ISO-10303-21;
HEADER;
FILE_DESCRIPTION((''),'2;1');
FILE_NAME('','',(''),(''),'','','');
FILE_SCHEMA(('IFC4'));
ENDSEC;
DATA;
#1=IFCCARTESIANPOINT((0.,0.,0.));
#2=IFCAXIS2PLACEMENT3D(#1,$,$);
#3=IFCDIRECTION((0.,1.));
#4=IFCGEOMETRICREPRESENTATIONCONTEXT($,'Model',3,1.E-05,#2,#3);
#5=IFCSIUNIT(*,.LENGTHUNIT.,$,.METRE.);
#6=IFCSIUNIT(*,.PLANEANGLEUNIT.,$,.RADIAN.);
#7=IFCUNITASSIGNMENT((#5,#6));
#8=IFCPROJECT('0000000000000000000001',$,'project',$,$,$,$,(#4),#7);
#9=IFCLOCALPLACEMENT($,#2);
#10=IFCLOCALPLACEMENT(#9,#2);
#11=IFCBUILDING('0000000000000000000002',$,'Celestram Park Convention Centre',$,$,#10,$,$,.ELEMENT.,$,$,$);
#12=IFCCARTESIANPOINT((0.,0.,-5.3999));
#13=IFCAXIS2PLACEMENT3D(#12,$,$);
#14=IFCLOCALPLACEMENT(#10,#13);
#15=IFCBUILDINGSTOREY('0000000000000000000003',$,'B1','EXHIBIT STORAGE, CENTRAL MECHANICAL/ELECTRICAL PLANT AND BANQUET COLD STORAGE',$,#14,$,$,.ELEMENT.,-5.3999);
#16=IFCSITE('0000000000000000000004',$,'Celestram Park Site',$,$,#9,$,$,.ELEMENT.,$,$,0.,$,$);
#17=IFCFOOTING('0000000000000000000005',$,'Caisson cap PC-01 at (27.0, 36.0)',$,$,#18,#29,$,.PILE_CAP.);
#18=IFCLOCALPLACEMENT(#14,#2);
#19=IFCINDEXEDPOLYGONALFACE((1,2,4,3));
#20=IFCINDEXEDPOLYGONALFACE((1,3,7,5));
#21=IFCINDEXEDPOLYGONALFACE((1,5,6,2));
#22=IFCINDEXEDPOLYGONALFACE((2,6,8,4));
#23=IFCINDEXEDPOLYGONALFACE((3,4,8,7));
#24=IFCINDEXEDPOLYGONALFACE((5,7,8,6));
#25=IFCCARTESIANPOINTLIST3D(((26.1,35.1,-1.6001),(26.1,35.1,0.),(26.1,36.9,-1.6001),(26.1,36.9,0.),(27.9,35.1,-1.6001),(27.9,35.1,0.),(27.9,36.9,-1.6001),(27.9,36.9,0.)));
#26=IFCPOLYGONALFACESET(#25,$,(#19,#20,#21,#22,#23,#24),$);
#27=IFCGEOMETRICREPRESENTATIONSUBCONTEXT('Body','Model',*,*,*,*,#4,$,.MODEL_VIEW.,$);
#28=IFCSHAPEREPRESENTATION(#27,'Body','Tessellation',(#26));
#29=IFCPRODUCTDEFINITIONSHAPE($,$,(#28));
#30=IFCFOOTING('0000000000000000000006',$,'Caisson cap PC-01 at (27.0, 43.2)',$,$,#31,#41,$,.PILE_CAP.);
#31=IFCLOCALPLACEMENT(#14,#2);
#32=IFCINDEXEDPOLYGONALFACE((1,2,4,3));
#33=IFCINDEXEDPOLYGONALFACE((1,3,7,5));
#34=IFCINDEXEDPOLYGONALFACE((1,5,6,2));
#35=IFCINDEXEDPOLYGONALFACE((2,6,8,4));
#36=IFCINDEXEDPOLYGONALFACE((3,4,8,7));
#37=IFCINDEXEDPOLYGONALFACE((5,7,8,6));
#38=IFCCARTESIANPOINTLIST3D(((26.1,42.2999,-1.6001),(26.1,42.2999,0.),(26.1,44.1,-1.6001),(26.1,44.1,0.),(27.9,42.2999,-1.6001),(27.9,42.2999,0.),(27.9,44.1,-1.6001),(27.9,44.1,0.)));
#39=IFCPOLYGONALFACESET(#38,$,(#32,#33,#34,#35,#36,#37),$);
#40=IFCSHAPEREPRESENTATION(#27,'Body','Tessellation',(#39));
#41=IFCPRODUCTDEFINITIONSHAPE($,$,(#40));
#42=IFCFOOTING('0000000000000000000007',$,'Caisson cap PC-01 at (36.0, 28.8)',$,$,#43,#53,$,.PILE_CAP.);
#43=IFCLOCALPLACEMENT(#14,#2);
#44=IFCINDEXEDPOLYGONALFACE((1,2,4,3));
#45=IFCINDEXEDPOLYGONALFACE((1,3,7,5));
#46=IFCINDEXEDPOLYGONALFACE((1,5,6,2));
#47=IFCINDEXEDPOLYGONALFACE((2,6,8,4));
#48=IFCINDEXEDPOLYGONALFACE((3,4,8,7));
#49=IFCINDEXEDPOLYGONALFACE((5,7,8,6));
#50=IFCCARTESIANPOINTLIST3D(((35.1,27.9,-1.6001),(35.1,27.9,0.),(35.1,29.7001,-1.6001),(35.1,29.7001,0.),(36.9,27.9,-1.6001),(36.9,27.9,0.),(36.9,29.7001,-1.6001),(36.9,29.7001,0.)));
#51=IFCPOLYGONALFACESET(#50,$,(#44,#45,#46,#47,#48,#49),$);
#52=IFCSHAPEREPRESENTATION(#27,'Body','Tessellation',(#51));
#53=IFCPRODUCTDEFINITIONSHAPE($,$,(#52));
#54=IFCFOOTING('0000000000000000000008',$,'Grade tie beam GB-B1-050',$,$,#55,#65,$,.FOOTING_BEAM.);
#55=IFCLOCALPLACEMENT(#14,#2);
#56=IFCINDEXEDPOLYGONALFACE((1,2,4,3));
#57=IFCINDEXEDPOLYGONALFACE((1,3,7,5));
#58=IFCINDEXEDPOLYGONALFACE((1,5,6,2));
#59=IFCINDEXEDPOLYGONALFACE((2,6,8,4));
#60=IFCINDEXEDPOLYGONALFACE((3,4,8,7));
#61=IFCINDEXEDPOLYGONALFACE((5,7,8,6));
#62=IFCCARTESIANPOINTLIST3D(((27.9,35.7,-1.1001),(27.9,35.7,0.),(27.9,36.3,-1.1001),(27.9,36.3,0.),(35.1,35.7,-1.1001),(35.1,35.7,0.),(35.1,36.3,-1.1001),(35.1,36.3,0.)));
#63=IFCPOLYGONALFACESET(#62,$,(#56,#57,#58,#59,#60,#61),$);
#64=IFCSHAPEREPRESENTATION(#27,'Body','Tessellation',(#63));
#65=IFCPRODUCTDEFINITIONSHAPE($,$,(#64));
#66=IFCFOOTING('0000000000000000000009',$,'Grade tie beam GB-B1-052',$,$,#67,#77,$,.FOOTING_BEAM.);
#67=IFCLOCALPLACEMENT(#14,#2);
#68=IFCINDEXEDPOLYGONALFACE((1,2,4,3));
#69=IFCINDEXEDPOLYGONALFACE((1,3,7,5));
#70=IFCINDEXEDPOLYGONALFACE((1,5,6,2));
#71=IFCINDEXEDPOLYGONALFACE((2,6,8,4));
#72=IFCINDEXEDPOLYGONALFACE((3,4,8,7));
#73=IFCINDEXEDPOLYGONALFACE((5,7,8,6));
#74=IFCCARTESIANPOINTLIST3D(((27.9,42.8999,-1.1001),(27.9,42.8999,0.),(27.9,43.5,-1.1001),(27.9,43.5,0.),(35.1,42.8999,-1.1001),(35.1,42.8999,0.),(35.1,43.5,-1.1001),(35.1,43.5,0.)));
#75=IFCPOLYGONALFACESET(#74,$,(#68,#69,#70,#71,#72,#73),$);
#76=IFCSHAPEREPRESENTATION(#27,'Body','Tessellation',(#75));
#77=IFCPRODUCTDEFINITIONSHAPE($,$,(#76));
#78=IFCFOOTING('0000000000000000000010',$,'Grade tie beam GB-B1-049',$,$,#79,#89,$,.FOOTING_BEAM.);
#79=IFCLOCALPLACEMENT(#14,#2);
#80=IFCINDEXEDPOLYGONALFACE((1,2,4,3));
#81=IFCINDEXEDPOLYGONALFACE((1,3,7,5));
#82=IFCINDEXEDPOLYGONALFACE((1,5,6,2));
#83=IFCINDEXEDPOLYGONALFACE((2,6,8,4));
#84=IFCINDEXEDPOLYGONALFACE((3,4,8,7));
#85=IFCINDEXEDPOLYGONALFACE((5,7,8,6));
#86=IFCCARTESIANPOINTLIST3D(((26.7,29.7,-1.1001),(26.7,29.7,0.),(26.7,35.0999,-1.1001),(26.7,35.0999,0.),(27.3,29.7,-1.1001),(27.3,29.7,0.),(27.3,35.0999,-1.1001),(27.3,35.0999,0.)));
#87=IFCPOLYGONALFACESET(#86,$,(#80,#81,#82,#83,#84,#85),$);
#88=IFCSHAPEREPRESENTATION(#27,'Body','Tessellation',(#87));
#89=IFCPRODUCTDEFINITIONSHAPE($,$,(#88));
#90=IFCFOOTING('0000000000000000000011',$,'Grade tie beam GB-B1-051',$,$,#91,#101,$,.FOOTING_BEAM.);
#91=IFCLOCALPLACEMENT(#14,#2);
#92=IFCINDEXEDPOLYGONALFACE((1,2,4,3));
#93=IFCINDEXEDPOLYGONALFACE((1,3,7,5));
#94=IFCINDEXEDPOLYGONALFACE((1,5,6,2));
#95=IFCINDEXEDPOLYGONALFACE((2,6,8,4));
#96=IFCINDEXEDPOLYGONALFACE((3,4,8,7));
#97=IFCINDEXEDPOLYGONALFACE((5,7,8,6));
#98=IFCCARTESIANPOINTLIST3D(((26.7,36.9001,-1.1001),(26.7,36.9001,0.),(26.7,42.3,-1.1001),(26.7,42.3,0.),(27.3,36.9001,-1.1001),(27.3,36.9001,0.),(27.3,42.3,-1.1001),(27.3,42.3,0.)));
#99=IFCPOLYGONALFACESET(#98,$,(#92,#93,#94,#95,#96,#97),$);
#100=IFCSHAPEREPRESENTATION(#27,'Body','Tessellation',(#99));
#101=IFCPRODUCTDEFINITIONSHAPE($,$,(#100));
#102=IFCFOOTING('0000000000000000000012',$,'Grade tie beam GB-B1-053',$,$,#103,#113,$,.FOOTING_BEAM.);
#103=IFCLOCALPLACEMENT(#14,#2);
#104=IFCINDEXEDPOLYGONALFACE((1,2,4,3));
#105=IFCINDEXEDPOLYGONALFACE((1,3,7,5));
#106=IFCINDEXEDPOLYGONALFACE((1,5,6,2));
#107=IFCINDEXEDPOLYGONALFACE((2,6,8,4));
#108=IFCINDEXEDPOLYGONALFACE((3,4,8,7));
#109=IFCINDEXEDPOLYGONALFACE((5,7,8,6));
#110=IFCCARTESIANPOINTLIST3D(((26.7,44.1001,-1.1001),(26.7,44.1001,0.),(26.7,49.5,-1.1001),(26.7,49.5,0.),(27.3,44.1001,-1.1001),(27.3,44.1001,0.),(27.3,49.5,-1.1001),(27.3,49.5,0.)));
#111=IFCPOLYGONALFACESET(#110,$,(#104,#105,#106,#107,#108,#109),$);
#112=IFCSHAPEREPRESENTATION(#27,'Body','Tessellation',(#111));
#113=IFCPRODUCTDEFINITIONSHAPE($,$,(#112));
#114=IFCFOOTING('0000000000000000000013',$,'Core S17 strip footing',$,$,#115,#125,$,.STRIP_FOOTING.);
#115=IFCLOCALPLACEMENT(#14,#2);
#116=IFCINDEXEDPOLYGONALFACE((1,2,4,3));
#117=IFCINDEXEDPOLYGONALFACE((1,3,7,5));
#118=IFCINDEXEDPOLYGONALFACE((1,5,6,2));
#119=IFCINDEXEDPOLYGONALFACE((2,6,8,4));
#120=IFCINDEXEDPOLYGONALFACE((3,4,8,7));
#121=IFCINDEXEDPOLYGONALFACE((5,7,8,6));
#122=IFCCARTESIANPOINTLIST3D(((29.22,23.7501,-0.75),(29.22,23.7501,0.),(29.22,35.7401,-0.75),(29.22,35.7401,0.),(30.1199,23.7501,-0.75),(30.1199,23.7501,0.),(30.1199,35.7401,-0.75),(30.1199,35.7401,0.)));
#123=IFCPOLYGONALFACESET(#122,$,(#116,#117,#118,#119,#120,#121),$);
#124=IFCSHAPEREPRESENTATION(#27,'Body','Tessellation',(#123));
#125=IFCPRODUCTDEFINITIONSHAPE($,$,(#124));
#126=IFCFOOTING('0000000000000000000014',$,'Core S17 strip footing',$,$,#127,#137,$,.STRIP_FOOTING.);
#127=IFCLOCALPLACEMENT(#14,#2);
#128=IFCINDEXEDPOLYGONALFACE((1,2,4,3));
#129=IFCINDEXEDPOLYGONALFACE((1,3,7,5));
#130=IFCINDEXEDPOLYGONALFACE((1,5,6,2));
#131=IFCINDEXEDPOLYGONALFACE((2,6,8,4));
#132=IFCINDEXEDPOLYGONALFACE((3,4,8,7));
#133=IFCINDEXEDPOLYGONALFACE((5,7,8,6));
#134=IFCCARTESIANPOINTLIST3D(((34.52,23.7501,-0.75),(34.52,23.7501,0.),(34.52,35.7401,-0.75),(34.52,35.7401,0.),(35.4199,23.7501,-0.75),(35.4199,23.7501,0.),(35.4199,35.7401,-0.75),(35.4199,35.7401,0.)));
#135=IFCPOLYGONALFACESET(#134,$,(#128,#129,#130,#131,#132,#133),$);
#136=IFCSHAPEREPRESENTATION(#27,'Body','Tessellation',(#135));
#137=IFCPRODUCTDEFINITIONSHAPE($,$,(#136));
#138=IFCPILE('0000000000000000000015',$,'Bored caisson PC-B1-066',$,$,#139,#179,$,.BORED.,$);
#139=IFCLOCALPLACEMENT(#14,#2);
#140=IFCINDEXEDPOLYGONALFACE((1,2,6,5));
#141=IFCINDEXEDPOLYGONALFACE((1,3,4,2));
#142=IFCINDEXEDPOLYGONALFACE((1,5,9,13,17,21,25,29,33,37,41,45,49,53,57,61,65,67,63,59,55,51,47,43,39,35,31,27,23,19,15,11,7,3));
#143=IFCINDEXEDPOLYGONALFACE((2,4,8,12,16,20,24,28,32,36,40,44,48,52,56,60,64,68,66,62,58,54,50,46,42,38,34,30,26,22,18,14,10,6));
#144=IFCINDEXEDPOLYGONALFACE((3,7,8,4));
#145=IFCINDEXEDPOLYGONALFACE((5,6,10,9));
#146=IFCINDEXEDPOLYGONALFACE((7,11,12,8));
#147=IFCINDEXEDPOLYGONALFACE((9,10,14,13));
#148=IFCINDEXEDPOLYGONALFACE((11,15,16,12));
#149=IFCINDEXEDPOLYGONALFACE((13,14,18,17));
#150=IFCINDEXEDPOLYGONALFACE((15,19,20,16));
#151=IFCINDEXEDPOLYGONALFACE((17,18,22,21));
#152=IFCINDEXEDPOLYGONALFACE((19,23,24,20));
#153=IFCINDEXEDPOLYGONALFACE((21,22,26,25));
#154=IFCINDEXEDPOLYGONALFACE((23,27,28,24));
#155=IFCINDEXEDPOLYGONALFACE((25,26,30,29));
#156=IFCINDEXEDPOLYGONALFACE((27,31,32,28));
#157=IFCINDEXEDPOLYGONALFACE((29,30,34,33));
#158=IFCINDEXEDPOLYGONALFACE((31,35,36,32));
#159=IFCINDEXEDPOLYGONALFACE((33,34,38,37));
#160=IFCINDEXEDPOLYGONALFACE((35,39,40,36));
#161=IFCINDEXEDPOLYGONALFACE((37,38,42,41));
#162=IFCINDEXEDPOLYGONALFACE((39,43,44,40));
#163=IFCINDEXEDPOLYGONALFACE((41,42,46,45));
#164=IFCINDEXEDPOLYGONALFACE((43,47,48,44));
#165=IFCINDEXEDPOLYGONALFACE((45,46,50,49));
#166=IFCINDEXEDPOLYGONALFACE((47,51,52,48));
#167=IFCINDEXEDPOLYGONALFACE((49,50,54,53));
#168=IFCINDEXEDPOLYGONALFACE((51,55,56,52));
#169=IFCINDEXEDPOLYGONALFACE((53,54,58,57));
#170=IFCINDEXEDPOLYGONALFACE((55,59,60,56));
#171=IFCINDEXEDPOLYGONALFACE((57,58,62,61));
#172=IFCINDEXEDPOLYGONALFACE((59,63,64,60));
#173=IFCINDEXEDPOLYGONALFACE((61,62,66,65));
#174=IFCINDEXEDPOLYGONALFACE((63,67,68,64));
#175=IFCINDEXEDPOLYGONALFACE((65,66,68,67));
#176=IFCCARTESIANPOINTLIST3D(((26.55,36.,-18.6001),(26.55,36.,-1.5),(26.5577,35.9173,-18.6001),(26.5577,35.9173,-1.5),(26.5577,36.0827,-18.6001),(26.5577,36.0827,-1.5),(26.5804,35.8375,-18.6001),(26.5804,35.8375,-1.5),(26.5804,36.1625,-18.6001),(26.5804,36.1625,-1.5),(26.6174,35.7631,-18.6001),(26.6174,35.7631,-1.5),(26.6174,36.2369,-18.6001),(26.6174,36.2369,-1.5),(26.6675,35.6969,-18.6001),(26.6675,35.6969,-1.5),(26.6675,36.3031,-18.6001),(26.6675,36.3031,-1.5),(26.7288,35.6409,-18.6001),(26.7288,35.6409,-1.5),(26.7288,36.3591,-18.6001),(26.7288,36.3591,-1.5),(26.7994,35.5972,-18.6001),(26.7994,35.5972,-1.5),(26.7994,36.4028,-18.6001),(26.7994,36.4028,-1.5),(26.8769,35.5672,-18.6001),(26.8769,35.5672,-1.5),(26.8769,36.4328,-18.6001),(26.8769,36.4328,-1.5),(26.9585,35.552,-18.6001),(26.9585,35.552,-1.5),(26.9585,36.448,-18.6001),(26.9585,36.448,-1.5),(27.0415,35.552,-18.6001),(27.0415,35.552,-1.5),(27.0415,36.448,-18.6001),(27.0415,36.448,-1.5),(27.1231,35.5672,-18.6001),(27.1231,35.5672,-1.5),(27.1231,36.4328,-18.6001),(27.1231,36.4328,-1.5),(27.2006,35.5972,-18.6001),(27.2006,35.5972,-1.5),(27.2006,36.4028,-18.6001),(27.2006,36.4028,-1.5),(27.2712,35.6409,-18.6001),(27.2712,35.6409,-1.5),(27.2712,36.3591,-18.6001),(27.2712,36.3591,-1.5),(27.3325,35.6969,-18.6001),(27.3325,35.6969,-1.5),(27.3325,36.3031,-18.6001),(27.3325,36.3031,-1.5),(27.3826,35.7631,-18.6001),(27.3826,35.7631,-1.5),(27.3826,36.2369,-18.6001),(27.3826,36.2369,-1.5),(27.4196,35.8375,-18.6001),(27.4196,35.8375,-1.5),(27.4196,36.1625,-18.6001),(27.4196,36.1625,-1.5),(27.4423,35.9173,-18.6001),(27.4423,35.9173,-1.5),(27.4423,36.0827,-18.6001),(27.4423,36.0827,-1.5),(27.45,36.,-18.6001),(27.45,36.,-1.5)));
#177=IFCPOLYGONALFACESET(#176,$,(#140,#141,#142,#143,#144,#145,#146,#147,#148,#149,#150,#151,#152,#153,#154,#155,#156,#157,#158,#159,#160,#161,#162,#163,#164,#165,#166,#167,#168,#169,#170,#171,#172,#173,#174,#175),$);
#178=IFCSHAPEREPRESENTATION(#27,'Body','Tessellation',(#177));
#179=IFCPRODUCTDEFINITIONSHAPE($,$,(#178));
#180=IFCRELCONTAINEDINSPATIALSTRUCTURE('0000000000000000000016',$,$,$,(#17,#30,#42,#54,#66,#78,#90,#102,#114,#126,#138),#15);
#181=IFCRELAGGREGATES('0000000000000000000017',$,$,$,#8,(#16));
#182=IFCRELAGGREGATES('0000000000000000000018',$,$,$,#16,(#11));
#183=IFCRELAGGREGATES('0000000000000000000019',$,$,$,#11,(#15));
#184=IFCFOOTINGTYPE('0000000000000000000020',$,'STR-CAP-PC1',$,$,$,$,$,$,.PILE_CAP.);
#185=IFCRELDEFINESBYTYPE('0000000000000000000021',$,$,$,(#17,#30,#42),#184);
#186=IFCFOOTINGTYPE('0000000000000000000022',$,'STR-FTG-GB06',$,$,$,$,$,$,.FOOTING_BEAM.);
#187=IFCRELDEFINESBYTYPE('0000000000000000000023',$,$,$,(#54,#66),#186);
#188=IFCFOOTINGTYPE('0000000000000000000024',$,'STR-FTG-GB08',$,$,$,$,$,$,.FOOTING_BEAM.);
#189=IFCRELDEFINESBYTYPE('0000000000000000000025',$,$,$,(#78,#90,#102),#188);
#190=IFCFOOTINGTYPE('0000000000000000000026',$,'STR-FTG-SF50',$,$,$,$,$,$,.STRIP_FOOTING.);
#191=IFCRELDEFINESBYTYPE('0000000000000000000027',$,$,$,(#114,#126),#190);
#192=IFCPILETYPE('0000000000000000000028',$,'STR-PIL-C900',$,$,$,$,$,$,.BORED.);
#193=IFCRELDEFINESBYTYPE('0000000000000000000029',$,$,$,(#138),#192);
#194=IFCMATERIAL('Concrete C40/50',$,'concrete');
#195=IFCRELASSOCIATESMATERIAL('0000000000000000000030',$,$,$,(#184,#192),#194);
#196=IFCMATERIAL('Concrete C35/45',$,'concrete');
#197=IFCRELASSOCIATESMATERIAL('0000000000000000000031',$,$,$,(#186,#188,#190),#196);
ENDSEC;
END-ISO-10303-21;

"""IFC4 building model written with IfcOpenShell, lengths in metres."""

from ifc_helpers import new_model, si_unit, direction, frame, origin, origin_2d, place, context, subcontext, project, spatial, rectangle, circle, extrude, material, material_profile, profile_set, type_object, element, save


model = new_model("IFC4")

# Units and contexts
model_context = context("Model", 3, precision=1e-05, world=origin(), true_north=direction((0.0, 1.0)))
body_context = subcontext(model_context, "Body", "Model", "MODEL_VIEW")
ifc_project = project(units=[si_unit("LENGTHUNIT", "METRE"), si_unit("PLANEANGLEUNIT", "RADIAN")], contexts=[model_context])

# Site, building, storey
site_placement = place(None, origin())
site = spatial("IfcSite", under=ifc_project, at=site_placement, Name="Celestram Park Site", CompositionType="ELEMENT", RefElevation=0.0)
building_placement = place(site_placement, origin())
building = spatial("IfcBuilding", under=site, at=building_placement, Name="Celestram Park Convention Centre", CompositionType="ELEMENT")
storey_placement = place(building_placement, frame((0.0, 0.0, -5.3999)))
storey = spatial("IfcBuildingStorey", under=building, at=storey_placement, Name="B1", Description="EXHIBIT STORAGE, CENTRAL MECHANICAL/ELECTRICAL PLANT AND BANQUET COLD STORAGE", CompositionType="ELEMENT", Elevation=-5.3999)

# Footings
ifc_material_1 = material(Name="Concrete C40/50", Category="concrete")
footing_type_1 = type_object("IfcFootingType", Name="STR-CAP-PC1", PredefinedType="PILE_CAP", material=ifc_material_1)
for number, where, z_axis, x_axis, name in (
    (1, (27.0, 36.0, -1.6001), (0.0, 0.0, 1.0), (1.0, 0.0, 0.0), "Caisson cap PC-01 at (27.0, 36.0)"),
    (2, (27.0, 43.2, -1.6001), (0.0, 0.0, 1.0), (1.0, 0.0, 0.0), "Caisson cap PC-01 at (27.0, 43.2)"),
    (3, (36.0, 28.8, -1.6001), (0.0, 0.0, 1.0), (1.0, 0.0, 0.0), "Caisson cap PC-01 at (36.0, 28.8)"),
):
    element("IfcFooting", number, at=place(storey_placement, frame(where, z_axis=z_axis, x_axis=x_axis)), inside=storey, type_object=footing_type_1, Name=name, PredefinedType="PILE_CAP", context=body_context, shape_type="SweptSolid", body=[
        extrude(rectangle(XDim=1.8, YDim=1.8, at=origin_2d()), origin(), (0.0, 0.0, 1.0), 1.6001),
    ])
ifc_material_2 = material(Name="Concrete C35/45", Category="concrete")
footing_type_2 = type_object("IfcFootingType", Name="STR-FTG-GB06", PredefinedType="FOOTING_BEAM", material=ifc_material_2)
for number, where, z_axis, x_axis, name in (
    (4, (31.5, 36.0, -1.1001), (0.0, 0.0, 1.0), (1.0, 0.0, 0.0), "Grade tie beam GB-B1-050"),
    (5, (31.5, 43.2, -1.1001), (0.0, 0.0, 1.0), (1.0, 0.0, 0.0), "Grade tie beam GB-B1-052"),
):
    element("IfcFooting", number, at=place(storey_placement, frame(where, z_axis=z_axis, x_axis=x_axis)), inside=storey, type_object=footing_type_2, Name=name, PredefinedType="FOOTING_BEAM", context=body_context, shape_type="SweptSolid", body=[
        extrude(rectangle(XDim=7.2, YDim=0.6001, at=origin_2d()), origin(), (0.0, 0.0, 1.0), 1.1001),
    ])
footing_type_3 = type_object("IfcFootingType", Name="STR-FTG-GB08", PredefinedType="FOOTING_BEAM", material=ifc_material_2)
for number, where, z_axis, x_axis, name in (
    (6, (27.0, 32.3999, -1.1001), (0.0, 0.0, 1.0), (0.0, 1.0, 0.0), "Grade tie beam GB-B1-049"),
    (7, (27.0, 39.6001, -1.1001), (0.0, 0.0, 1.0), (0.0, 1.0, 0.0), "Grade tie beam GB-B1-051"),
    (8, (27.0, 46.8, -1.1001), (0.0, 0.0, 1.0), (0.0, 1.0, 0.0), "Grade tie beam GB-B1-053"),
):
    element("IfcFooting", number, at=place(storey_placement, frame(where, z_axis=z_axis, x_axis=x_axis)), inside=storey, type_object=footing_type_3, Name=name, PredefinedType="FOOTING_BEAM", context=body_context, shape_type="SweptSolid", body=[
        extrude(rectangle(XDim=5.3999, YDim=0.6001, at=origin_2d()), origin(), (0.0, 0.0, 1.0), 1.1001),
    ])
footing_type_4 = type_object("IfcFootingType", Name="STR-FTG-SF50", PredefinedType="STRIP_FOOTING", material=ifc_material_2)
for number, where, z_axis, x_axis, name in (
    (9, (29.6699, 29.7451, -0.75), (0.0, 0.0, 1.0), (0.0, 1.0, 0.0), "Core S17 strip footing"),
    (10, (34.97, 29.7451, -0.75), (0.0, 0.0, 1.0), (0.0, 1.0, 0.0), "Core S17 strip footing"),
):
    element("IfcFooting", number, at=place(storey_placement, frame(where, z_axis=z_axis, x_axis=x_axis)), inside=storey, type_object=footing_type_4, Name=name, PredefinedType="STRIP_FOOTING", context=body_context, shape_type="SweptSolid", body=[
        extrude(rectangle(XDim=11.99, YDim=0.8999, at=origin_2d()), origin(), (0.0, 0.0, 1.0), 0.75),
    ])

# Pile
ifc_material_profile_1 = material_profile(ifc_material_1, circle(Radius=0.45, at=origin_2d()), Name="CAISSON900")
ifc_profile_set_1 = profile_set([ifc_material_profile_1], Name="Concrete C40/50")
pile_type = type_object("IfcPileType", Name="STR-PIL-C900", PredefinedType="BORED", material=ifc_profile_set_1)
for number, where, z_axis, x_axis, name in (
    (11, (27.0, 36.0, -1.5), (0.0, 0.0, -1.0), (1.0, 0.0, 0.0), "Bored caisson PC-B1-066"),
):
    element("IfcPile", number, at=place(storey_placement, frame(where, z_axis=z_axis, x_axis=x_axis)), inside=storey, type_object=pile_type, Name=name, PredefinedType="BORED", context=body_context, shape_type="SweptSolid", body=[
        extrude(circle(Radius=0.45, at=origin_2d()), origin(), (0.0, 0.0, 1.0), 17.1001),
    ])

save(model, "model.ifc")
